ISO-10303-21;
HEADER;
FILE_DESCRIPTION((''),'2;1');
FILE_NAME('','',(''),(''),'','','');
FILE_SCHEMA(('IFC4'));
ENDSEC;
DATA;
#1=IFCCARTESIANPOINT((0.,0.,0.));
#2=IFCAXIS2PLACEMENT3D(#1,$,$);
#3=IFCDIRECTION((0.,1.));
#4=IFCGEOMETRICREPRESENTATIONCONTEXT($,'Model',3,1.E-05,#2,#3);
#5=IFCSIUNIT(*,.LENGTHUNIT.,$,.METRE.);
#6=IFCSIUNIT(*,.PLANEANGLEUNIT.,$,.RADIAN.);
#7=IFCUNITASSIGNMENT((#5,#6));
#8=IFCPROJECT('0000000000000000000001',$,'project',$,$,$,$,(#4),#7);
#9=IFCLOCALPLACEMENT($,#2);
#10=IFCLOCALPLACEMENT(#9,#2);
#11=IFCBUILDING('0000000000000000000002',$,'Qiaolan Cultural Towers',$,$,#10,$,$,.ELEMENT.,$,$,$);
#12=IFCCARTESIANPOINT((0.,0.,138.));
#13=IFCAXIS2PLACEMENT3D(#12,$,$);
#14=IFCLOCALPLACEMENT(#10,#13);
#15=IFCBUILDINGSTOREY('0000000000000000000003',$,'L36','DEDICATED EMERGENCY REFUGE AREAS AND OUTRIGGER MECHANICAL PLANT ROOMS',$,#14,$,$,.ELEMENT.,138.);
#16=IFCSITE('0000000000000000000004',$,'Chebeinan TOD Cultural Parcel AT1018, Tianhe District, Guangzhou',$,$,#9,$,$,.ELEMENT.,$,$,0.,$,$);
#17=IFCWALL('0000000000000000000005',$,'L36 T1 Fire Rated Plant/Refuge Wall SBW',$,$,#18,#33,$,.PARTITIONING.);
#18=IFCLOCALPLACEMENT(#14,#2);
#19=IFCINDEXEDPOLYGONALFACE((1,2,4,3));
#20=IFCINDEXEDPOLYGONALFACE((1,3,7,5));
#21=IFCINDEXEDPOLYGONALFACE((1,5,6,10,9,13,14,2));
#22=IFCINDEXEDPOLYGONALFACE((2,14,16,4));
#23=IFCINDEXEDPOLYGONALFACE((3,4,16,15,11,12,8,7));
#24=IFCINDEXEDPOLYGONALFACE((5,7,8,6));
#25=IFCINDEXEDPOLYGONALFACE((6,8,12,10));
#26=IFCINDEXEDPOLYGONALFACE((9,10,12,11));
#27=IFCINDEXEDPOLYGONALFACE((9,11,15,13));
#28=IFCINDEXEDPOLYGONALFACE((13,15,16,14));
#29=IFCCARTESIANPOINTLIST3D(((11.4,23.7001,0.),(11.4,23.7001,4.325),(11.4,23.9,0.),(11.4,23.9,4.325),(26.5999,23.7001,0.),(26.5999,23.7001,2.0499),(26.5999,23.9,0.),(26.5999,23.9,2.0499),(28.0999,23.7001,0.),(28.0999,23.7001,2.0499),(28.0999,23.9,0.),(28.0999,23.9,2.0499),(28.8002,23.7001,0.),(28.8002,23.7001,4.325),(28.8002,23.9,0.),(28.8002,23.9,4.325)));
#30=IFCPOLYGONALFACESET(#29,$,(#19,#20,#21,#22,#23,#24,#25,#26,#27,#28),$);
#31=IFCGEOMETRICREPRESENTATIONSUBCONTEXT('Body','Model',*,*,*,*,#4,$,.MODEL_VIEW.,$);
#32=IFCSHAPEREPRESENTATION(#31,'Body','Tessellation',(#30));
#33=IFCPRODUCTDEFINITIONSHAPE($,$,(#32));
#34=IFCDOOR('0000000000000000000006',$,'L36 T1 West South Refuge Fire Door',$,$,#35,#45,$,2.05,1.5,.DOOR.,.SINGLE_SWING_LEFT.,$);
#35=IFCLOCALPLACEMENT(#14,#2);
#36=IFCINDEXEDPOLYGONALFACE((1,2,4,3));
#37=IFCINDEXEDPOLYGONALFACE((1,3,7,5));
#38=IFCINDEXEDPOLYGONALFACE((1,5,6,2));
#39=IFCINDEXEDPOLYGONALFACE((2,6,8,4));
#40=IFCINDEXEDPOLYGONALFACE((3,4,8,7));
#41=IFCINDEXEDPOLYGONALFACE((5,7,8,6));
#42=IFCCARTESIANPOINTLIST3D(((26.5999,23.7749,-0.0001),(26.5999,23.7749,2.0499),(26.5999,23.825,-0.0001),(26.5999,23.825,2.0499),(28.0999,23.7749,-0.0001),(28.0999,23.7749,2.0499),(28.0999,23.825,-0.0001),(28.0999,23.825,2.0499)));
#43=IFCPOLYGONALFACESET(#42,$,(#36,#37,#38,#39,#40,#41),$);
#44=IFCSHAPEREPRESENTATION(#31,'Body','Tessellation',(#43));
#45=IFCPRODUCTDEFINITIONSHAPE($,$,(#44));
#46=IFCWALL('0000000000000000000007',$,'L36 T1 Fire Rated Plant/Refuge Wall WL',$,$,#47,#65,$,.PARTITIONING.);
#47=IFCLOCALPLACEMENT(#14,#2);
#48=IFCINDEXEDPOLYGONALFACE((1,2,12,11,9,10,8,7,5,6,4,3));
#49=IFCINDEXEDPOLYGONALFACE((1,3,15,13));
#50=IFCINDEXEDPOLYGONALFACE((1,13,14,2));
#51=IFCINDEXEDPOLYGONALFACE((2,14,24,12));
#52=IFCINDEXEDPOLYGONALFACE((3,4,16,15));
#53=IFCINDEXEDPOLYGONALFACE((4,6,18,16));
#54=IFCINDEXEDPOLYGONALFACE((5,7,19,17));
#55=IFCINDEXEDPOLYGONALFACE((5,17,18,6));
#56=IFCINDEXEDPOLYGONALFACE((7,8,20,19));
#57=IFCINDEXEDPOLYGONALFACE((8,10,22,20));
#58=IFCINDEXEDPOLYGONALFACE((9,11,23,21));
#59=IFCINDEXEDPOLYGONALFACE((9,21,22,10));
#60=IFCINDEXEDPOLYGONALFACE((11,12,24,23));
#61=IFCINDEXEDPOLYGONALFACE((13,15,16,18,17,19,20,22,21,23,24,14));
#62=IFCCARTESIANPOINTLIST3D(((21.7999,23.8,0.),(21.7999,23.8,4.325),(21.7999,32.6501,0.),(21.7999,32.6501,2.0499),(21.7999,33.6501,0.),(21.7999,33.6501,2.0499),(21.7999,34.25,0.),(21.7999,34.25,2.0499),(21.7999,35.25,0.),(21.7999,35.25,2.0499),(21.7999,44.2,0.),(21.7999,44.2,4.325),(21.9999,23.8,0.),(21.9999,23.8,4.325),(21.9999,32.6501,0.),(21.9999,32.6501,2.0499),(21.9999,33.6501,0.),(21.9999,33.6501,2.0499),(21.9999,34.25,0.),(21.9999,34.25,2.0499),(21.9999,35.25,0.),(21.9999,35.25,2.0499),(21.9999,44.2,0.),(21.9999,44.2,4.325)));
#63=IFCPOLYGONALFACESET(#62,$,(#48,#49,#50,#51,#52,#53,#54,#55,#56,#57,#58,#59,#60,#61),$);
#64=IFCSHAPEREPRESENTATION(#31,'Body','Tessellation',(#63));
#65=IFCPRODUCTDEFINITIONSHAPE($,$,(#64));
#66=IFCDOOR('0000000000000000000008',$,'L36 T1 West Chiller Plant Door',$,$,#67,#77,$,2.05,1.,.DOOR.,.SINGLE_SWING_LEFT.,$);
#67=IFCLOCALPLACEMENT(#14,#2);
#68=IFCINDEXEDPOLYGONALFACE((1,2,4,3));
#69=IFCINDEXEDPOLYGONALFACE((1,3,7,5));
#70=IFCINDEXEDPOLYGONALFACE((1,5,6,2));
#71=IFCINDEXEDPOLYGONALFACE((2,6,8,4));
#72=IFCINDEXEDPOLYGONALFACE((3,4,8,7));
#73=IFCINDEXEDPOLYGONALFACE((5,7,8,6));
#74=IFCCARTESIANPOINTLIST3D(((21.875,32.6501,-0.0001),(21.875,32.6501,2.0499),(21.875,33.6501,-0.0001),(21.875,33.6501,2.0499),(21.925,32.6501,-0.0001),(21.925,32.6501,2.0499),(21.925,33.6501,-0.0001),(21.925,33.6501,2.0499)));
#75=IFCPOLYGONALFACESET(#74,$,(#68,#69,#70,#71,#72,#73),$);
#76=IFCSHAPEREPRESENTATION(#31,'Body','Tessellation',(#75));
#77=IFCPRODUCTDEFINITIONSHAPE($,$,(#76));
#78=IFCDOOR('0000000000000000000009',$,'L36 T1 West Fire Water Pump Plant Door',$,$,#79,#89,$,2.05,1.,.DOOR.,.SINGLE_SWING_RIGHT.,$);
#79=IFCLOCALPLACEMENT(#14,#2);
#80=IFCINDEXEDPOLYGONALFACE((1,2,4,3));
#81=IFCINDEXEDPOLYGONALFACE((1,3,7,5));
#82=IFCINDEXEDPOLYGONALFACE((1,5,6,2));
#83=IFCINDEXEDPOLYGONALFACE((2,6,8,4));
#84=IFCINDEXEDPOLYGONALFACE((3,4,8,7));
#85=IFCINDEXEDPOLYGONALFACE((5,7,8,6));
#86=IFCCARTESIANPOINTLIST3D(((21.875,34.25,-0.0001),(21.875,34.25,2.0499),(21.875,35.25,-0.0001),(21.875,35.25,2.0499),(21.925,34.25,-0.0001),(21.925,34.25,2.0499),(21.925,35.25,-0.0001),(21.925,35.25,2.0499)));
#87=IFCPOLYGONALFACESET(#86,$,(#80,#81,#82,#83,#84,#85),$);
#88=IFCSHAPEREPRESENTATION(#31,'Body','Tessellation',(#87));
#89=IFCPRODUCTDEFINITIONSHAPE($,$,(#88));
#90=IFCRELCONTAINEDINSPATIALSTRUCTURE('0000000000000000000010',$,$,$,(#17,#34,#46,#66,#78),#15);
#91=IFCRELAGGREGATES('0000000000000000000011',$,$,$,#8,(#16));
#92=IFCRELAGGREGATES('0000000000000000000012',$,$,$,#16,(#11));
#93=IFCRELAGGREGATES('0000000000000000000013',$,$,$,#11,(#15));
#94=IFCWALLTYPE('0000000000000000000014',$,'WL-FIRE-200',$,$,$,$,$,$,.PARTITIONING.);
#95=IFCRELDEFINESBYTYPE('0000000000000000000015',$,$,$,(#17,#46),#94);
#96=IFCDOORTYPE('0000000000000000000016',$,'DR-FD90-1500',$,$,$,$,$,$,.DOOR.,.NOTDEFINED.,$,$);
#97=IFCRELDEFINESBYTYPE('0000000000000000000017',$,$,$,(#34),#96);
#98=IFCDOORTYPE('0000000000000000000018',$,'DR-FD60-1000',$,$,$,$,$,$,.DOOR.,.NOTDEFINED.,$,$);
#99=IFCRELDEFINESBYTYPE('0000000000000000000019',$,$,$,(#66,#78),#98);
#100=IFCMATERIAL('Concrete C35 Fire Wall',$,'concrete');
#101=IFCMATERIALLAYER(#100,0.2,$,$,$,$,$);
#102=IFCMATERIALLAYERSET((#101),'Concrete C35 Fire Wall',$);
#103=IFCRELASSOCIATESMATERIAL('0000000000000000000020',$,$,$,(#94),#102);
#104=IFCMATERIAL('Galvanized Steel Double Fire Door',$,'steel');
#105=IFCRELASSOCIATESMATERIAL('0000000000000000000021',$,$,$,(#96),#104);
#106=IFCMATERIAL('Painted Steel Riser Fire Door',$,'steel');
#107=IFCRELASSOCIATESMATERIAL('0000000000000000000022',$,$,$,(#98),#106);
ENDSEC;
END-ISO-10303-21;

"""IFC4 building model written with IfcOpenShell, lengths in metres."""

from ifc_helpers import new_model, si_unit, direction, frame, frame_2d, origin, place, context, subcontext, project, spatial, rectangle, extrude, material, layer, layer_set, type_object, element, fill, save


model = new_model("IFC4")

# Units and contexts
model_context = context("Model", 3, precision=1e-05, world=origin(), true_north=direction((0.0, 1.0)))
body_context = subcontext(model_context, "Body", "Model", "MODEL_VIEW")
ifc_project = project(units=[si_unit("LENGTHUNIT", "METRE"), si_unit("PLANEANGLEUNIT", "RADIAN")], contexts=[model_context])

# Site, building, storey
site_placement = place(None, origin())
site = spatial("IfcSite", under=ifc_project, at=site_placement, Name="Chebeinan TOD Cultural Parcel AT1018, Tianhe District, Guangzhou", CompositionType="ELEMENT", RefElevation=0.0)
building_placement = place(site_placement, origin())
building = spatial("IfcBuilding", under=site, at=building_placement, Name="Qiaolan Cultural Towers", CompositionType="ELEMENT")
storey_placement = place(building_placement, frame((0.0, 0.0, 138.0)))
storey = spatial("IfcBuildingStorey", under=building, at=storey_placement, Name="L36", Description="DEDICATED EMERGENCY REFUGE AREAS AND OUTRIGGER MECHANICAL PLANT ROOMS", CompositionType="ELEMENT", Elevation=138.0)

# Wall, opening, door
ifc_material_1 = material(Name="Concrete C35 Fire Wall", Category="concrete")
ifc_layer_1 = layer(ifc_material_1, 0.2)
ifc_layer_set_1 = layer_set([ifc_layer_1], Name="Concrete C35 Fire Wall")
wall_type_1 = type_object("IfcWallType", Name="WL-FIRE-200", PredefinedType="PARTITIONING", material=ifc_layer_set_1)
wall_1_placement = place(storey_placement, frame((11.3999, 23.8, 0.0), z_axis=(0.0, 0.0, 1.0), x_axis=(1.0, 0.0, 0.0)))
wall_1 = element("IfcWall", 1, at=wall_1_placement, inside=storey, type_object=wall_type_1, Name="L36 T1 Fire Rated Plant/Refuge Wall SBW", PredefinedType="PARTITIONING", context=body_context, shape_type="SweptSolid", body=[
    extrude(rectangle(XDim=17.4001, YDim=0.2, at=frame_2d((8.7002, 0.0))), origin(), (0.0, 0.0, 1.0), 4.325),
])
opening_1_placement = place(wall_1_placement, frame((15.2, 0.0, 0.0)))
opening_1 = element("IfcOpeningElement", 2, at=opening_1_placement, cuts=wall_1, PredefinedType="OPENING", context=body_context, shape_type="SweptSolid", body=[
    extrude(rectangle(XDim=1.5, YDim=2.05, at=frame_2d((0.75, 1.0249))), frame((0.0, 0.1099, 0.0), z_axis=(0.0, -1.0, 0.0), x_axis=(1.0, 0.0, 0.0)), (0.0, 0.0, 1.0), 0.22),
])
ifc_material_2 = material(Name="Galvanized Steel Double Fire Door", Category="steel")
door_type_1 = type_object("IfcDoorType", Name="DR-FD90-1500", OperationType="NOTDEFINED", PredefinedType="DOOR", material=ifc_material_2)
door_1_placement = place(opening_1_placement, origin())
door_1 = element("IfcDoor", 3, at=door_1_placement, inside=storey, type_object=door_type_1, Name="L36 T1 West South Refuge Fire Door", OperationType="SINGLE_SWING_LEFT", OverallHeight=2.05, OverallWidth=1.5, PredefinedType="DOOR", context=body_context, shape_type="SweptSolid", body=[
    extrude(rectangle(XDim=1.5, YDim=2.05, at=frame_2d((0.75, 1.0249))), frame((0.0, 0.0249, 0.0), z_axis=(0.0, -1.0, 0.0), x_axis=(1.0, 0.0, 0.0)), (0.0, 0.0, 1.0), 0.05),
])
fill(opening_1, door_1)

# Wall, openings, doors
wall_2_placement = place(storey_placement, frame((21.8999, 23.8, 0.0), z_axis=(0.0, 0.0, 1.0), x_axis=(0.0, 1.0, 0.0)))
wall_2 = element("IfcWall", 4, at=wall_2_placement, inside=storey, type_object=wall_type_1, Name="L36 T1 Fire Rated Plant/Refuge Wall WL", PredefinedType="PARTITIONING", context=body_context, shape_type="SweptSolid", body=[
    extrude(rectangle(XDim=20.3999, YDim=0.2, at=frame_2d((10.2, 0.0))), origin(), (0.0, 0.0, 1.0), 4.325),
])
opening_2_placement = place(wall_2_placement, frame((8.8501, 0.0, 0.0)))
opening_2 = element("IfcOpeningElement", 5, at=opening_2_placement, cuts=wall_2, PredefinedType="OPENING", context=body_context, shape_type="SweptSolid", body=[
    extrude(rectangle(XDim=1.0, YDim=2.05, at=frame_2d((0.5, 1.0249))), frame((0.0, 0.1099, 0.0), z_axis=(0.0, -1.0, 0.0), x_axis=(1.0, 0.0, 0.0)), (0.0, 0.0, 1.0), 0.22),
])
opening_3_placement = place(wall_2_placement, frame((10.45, 0.0, 0.0)))
opening_3 = element("IfcOpeningElement", 6, at=opening_3_placement, cuts=wall_2, PredefinedType="OPENING", context=body_context, shape_type="SweptSolid", body=[
    extrude(rectangle(XDim=1.0, YDim=2.05, at=frame_2d((0.5, 1.0249))), frame((0.0, 0.1099, 0.0), z_axis=(0.0, -1.0, 0.0), x_axis=(1.0, 0.0, 0.0)), (0.0, 0.0, 1.0), 0.22),
])
ifc_material_3 = material(Name="Painted Steel Riser Fire Door", Category="steel")
door_type_2 = type_object("IfcDoorType", Name="DR-FD60-1000", OperationType="NOTDEFINED", PredefinedType="DOOR", material=ifc_material_3)
door_2_placement = place(opening_2_placement, origin())
door_2 = element("IfcDoor", 7, at=door_2_placement, inside=storey, type_object=door_type_2, Name="L36 T1 West Chiller Plant Door", OperationType="SINGLE_SWING_LEFT", OverallHeight=2.05, OverallWidth=1.0, PredefinedType="DOOR", context=body_context, shape_type="SweptSolid", body=[
    extrude(rectangle(XDim=1.0, YDim=2.05, at=frame_2d((0.5, 1.0249))), frame((0.0, 0.0249, 0.0), z_axis=(0.0, -1.0, 0.0), x_axis=(1.0, 0.0, 0.0)), (0.0, 0.0, 1.0), 0.05),
])
fill(opening_2, door_2)
door_3_placement = place(opening_3_placement, origin())
door_3 = element("IfcDoor", 8, at=door_3_placement, inside=storey, type_object=door_type_2, Name="L36 T1 West Fire Water Pump Plant Door", OperationType="SINGLE_SWING_RIGHT", OverallHeight=2.05, OverallWidth=1.0, PredefinedType="DOOR", context=body_context, shape_type="SweptSolid", body=[
    extrude(rectangle(XDim=1.0, YDim=2.05, at=frame_2d((0.5, 1.0249))), frame((0.0, 0.0249, 0.0), z_axis=(0.0, -1.0, 0.0), x_axis=(1.0, 0.0, 0.0)), (0.0, 0.0, 1.0), 0.05),
])
fill(opening_3, door_3)

save(model, "model.ifc")
